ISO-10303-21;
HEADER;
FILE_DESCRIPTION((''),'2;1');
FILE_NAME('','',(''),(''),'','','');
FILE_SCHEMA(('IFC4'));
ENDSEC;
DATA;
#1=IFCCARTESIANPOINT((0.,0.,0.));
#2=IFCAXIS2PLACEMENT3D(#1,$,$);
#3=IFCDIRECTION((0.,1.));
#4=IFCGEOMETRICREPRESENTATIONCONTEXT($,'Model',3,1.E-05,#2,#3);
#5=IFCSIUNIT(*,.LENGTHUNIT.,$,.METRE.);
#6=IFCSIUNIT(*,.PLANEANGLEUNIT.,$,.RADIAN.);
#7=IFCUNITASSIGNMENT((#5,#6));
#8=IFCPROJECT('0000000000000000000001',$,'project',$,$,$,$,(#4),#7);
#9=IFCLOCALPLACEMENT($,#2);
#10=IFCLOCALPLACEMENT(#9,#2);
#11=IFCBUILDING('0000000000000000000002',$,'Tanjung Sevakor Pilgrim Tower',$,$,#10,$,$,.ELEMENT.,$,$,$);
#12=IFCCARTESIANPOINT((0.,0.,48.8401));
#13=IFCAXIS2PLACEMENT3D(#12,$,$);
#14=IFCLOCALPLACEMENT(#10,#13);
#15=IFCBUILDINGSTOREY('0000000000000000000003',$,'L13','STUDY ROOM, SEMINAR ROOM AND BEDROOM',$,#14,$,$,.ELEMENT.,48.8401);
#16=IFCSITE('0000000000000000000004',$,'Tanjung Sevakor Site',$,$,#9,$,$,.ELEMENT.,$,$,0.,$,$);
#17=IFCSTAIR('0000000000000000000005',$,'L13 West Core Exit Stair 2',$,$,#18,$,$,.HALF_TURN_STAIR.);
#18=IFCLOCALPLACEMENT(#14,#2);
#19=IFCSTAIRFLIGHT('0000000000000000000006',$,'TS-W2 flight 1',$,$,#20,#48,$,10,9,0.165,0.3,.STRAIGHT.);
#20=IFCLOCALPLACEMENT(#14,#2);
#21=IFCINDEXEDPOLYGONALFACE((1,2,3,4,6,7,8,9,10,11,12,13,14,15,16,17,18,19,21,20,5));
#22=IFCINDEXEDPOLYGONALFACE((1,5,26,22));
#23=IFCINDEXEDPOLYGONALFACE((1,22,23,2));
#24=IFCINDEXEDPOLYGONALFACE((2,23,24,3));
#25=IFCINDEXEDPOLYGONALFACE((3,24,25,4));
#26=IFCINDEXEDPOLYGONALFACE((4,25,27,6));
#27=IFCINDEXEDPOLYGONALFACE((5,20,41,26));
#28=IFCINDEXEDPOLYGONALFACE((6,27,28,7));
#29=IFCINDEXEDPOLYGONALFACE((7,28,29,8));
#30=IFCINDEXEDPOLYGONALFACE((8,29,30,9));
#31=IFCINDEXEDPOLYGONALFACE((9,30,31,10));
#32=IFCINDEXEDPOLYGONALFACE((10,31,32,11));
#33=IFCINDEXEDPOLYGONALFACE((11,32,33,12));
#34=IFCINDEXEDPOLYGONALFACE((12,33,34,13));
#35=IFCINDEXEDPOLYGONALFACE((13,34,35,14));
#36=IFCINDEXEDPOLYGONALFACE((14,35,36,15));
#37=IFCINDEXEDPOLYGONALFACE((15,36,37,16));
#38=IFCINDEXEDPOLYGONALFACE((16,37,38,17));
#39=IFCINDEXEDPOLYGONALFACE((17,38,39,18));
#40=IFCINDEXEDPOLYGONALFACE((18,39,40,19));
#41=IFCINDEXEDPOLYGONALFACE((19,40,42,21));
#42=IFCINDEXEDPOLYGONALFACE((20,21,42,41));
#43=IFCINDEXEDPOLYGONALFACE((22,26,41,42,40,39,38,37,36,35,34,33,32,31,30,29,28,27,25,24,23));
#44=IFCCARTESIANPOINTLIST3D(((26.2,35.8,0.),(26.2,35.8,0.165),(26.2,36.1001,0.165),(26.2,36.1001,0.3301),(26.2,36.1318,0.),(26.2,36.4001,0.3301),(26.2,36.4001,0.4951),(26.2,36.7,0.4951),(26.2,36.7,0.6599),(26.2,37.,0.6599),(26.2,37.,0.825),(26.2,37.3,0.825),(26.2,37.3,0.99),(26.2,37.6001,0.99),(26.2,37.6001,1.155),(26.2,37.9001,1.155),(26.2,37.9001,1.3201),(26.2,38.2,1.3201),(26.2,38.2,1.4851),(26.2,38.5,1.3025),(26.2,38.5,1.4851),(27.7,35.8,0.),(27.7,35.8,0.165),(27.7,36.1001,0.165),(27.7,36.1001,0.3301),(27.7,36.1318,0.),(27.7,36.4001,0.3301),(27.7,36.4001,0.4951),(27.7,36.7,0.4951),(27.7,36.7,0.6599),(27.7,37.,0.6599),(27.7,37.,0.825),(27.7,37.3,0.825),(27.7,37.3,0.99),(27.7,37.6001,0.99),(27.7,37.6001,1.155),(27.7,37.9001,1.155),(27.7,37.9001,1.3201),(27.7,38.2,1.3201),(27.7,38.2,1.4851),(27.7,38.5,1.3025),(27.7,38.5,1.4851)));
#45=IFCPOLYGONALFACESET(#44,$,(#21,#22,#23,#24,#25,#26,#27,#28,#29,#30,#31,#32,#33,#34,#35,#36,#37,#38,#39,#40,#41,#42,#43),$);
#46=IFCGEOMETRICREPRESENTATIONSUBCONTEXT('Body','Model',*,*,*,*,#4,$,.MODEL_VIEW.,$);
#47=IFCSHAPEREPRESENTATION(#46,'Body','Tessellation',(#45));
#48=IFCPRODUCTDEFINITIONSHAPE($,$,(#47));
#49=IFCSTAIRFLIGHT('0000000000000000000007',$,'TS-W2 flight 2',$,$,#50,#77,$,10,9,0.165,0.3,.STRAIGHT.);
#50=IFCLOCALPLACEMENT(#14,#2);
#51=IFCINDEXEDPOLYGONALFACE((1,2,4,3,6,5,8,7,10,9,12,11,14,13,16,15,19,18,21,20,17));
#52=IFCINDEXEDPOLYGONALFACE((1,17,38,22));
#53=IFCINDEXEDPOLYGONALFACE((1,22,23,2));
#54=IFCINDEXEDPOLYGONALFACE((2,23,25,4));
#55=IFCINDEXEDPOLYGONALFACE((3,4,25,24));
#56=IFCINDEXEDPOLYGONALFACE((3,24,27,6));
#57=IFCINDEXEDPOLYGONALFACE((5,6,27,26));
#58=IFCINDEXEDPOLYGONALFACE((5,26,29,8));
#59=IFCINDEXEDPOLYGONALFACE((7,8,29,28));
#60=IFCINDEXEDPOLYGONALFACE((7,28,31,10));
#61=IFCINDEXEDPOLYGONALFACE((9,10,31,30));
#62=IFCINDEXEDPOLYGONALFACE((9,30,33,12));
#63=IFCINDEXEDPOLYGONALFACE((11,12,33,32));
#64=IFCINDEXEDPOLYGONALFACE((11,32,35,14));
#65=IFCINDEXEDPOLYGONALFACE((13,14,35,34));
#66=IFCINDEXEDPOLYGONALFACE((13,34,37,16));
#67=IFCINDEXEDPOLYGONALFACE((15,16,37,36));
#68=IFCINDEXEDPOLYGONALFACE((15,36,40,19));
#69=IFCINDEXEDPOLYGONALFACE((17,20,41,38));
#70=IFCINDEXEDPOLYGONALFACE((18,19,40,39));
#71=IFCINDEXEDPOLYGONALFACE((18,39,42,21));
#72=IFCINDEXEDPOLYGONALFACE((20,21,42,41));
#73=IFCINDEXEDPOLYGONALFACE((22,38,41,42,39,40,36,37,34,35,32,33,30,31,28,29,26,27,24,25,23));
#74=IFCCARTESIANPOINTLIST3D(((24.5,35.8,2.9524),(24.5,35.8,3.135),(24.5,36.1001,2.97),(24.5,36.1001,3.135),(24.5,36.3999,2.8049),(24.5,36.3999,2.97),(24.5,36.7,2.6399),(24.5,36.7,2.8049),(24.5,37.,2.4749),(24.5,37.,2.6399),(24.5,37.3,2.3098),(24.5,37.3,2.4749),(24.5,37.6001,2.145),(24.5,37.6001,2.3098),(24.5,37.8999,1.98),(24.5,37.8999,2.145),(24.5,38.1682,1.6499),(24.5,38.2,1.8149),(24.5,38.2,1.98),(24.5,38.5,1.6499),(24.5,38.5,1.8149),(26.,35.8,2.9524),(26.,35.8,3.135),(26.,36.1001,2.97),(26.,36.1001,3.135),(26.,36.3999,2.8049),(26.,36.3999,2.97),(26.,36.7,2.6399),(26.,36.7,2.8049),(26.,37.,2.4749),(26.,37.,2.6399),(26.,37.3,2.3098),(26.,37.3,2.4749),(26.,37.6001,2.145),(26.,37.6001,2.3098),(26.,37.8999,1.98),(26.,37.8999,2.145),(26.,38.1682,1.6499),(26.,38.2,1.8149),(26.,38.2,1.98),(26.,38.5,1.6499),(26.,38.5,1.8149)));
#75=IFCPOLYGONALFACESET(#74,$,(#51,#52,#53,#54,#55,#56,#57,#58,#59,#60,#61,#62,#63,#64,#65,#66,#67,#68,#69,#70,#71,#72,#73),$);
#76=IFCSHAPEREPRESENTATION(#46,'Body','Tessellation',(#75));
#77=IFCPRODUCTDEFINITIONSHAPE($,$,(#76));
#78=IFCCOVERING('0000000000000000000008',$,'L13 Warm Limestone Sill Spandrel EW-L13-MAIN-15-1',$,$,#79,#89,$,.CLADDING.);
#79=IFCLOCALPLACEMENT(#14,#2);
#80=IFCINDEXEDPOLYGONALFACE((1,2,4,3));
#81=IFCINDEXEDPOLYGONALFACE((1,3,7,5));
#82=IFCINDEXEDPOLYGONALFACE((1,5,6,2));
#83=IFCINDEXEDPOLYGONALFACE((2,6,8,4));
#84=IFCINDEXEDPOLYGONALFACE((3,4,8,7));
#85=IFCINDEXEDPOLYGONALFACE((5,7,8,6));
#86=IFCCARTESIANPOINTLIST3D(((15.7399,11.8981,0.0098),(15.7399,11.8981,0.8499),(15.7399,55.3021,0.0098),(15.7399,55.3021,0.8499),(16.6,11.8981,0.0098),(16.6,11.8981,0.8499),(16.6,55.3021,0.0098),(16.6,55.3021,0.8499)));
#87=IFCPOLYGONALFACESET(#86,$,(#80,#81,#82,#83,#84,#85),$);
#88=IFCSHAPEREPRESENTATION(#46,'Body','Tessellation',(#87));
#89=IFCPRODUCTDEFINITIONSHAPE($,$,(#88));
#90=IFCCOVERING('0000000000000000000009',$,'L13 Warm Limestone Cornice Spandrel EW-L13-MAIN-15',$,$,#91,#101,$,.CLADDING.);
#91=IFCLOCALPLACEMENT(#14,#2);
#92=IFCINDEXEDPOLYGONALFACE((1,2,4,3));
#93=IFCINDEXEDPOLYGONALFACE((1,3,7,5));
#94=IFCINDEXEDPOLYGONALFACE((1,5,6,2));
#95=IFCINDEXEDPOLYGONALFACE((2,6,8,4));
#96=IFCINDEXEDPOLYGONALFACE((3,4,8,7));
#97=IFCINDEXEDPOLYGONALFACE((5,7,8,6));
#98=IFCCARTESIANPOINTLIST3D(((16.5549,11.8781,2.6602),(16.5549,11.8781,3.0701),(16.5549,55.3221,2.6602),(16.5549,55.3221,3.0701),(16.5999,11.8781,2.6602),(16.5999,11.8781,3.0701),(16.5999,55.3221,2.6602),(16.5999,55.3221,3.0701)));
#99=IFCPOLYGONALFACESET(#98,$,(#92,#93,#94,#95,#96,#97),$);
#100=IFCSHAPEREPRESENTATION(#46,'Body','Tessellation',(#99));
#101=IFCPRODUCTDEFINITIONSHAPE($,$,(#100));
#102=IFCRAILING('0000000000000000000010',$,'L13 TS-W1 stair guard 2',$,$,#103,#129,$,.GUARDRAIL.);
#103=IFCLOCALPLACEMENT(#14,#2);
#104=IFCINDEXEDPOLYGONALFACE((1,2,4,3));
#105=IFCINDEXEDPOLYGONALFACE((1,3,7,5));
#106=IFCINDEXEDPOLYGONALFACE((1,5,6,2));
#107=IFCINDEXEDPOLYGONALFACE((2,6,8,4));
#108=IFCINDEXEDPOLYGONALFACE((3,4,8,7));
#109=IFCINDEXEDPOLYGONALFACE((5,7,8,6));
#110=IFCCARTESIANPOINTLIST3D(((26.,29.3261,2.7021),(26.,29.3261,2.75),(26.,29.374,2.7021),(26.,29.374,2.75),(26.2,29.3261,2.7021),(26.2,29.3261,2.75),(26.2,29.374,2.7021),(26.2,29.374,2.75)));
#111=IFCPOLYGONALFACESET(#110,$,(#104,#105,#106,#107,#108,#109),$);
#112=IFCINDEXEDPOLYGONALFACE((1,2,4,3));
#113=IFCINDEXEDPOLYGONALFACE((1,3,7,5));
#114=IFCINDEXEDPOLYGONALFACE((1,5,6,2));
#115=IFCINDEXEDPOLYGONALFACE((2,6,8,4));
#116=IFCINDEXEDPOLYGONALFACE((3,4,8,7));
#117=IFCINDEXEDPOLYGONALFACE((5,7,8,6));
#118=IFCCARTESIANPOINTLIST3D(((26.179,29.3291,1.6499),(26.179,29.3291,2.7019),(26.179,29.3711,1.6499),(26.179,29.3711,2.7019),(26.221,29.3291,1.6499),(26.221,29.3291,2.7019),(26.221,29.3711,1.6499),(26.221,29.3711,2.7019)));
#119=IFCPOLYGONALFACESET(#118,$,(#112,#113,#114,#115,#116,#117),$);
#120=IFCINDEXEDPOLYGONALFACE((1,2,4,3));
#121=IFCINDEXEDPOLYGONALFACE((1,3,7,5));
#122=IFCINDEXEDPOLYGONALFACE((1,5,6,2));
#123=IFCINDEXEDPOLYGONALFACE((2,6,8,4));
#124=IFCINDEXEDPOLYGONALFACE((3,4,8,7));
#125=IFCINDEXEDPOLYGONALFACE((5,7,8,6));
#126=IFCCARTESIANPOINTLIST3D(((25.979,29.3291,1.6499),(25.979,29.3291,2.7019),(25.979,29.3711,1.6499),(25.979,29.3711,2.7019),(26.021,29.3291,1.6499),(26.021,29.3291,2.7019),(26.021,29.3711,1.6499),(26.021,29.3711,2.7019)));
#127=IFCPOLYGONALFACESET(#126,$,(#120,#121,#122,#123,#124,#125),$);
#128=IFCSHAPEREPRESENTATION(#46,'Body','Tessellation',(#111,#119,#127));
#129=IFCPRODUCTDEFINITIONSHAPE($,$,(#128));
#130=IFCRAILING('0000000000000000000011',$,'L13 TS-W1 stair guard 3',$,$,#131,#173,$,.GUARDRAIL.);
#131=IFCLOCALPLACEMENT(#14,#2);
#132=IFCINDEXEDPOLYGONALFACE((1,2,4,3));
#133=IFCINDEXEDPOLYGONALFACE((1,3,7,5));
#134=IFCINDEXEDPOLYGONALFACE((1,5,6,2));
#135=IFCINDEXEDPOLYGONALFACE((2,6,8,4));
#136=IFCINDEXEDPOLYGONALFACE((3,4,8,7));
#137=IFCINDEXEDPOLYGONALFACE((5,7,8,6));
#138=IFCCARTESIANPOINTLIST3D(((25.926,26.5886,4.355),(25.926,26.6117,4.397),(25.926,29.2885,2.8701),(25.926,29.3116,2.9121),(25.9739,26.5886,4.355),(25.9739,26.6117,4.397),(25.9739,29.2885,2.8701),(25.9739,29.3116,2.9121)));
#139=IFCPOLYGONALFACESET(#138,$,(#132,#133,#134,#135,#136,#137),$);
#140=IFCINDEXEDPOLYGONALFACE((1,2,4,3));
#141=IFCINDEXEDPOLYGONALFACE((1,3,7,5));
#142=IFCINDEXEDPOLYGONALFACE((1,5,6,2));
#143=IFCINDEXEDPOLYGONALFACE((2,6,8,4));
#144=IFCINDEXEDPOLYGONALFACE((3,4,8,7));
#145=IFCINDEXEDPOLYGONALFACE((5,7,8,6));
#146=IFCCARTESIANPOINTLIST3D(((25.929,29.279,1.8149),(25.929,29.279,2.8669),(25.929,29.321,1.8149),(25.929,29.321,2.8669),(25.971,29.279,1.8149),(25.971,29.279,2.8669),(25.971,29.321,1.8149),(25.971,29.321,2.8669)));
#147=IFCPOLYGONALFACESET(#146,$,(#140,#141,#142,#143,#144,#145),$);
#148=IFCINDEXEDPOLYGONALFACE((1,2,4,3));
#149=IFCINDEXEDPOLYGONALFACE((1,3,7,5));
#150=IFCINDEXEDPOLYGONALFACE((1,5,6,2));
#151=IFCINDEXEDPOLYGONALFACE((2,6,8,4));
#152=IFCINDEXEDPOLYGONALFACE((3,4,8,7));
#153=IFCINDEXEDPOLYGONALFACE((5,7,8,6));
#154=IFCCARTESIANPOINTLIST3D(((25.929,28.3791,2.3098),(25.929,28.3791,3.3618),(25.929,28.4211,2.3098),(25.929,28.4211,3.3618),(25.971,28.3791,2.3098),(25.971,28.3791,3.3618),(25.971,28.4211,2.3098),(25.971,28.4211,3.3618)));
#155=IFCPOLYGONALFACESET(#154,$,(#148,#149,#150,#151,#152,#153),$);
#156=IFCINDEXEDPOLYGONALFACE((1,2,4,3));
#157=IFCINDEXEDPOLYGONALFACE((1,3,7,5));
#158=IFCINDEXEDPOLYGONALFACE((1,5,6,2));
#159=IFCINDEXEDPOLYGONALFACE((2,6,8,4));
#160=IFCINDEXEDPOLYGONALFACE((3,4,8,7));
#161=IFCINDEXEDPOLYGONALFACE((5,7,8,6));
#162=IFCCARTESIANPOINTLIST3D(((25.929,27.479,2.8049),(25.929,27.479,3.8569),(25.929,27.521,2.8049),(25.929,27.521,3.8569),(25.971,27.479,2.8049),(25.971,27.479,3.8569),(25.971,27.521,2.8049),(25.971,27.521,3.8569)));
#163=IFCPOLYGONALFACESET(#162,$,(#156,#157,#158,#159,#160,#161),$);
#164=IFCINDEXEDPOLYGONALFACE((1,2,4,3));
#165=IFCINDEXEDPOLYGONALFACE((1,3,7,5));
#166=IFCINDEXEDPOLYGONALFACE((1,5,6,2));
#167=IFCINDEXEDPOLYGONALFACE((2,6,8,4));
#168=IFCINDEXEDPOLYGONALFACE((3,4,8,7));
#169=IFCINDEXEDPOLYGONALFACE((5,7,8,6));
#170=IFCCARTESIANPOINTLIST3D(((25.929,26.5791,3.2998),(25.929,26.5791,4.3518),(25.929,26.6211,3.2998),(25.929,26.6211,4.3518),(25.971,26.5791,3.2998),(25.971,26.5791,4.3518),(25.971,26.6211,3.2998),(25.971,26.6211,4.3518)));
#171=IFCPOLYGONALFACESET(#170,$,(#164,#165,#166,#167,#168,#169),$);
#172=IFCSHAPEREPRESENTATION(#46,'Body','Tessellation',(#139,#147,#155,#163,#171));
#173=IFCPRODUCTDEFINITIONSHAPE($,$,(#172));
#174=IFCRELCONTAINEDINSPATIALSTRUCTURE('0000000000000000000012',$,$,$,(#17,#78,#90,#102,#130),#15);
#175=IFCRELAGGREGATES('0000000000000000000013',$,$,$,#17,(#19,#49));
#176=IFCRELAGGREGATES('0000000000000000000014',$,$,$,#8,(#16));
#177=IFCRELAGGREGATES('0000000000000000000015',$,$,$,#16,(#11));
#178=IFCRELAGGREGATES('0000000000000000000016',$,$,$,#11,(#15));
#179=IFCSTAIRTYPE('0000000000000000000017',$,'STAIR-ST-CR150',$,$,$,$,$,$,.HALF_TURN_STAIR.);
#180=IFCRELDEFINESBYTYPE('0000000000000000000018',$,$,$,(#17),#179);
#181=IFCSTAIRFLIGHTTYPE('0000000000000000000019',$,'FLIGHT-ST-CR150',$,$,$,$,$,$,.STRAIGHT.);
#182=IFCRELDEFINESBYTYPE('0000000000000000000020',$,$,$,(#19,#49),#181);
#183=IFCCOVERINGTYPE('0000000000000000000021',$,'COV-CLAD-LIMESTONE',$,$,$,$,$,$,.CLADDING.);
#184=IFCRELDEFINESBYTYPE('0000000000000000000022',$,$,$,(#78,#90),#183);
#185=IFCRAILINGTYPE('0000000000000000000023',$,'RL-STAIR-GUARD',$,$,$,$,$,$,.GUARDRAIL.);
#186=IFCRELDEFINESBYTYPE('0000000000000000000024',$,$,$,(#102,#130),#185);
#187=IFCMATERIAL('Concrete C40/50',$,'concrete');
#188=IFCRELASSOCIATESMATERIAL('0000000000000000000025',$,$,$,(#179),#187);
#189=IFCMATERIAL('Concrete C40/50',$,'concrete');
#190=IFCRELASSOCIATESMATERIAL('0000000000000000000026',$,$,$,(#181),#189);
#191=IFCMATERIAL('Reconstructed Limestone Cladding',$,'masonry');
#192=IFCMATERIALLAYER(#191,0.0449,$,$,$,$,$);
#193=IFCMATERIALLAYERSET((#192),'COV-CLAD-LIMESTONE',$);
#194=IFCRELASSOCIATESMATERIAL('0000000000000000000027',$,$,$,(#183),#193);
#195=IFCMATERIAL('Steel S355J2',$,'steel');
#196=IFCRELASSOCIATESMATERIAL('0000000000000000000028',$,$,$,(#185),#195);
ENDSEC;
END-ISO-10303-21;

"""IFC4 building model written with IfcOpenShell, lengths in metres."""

from ifc_helpers import new_model, si_unit, direction, frame, origin, origin_2d, place, context, subcontext, project, spatial, polyline, rectangle, outline, extrude, material, layer, layer_set, type_object, element, aggregate, save


model = new_model("IFC4")

# Units and contexts
model_context = context("Model", 3, precision=1e-05, world=origin(), true_north=direction((0.0, 1.0)))
body_context = subcontext(model_context, "Body", "Model", "MODEL_VIEW")
ifc_project = project(units=[si_unit("LENGTHUNIT", "METRE"), si_unit("PLANEANGLEUNIT", "RADIAN")], contexts=[model_context])

# Site, building, storey
site_placement = place(None, origin())
site = spatial("IfcSite", under=ifc_project, at=site_placement, Name="Tanjung Sevakor Site", CompositionType="ELEMENT", RefElevation=0.0)
building_placement = place(site_placement, origin())
building = spatial("IfcBuilding", under=site, at=building_placement, Name="Tanjung Sevakor Pilgrim Tower", CompositionType="ELEMENT")
storey_placement = place(building_placement, frame((0.0, 0.0, 48.8401)))
storey = spatial("IfcBuildingStorey", under=building, at=storey_placement, Name="L13", Description="STUDY ROOM, SEMINAR ROOM AND BEDROOM", CompositionType="ELEMENT", Elevation=48.8401)

# Shared definitions
ifc_material_1 = material(Name="Concrete C40/50", Category="concrete")
stair_type = type_object("IfcStairType", Name="STAIR-ST-CR150", PredefinedType="HALF_TURN_STAIR", material=ifc_material_1)
ifc_material_2 = material(Name="Concrete C40/50", Category="concrete")
stair_flight_type = type_object("IfcStairFlightType", Name="FLIGHT-ST-CR150", PredefinedType="STRAIGHT", material=ifc_material_2)

# Stair, stair flights
stair_1_placement = place(storey_placement, origin())
stair_1 = element("IfcStair", 1, at=stair_1_placement, inside=storey, type_object=stair_type, Name="L13 West Core Exit Stair 2", PredefinedType="HALF_TURN_STAIR")
stair_flight_1_placement = place(storey_placement, frame((26.95, 35.8, 0.0), z_axis=(0.0, 0.0, 1.0), x_axis=(0.0, 1.0, 0.0)))
stair_flight_1 = element("IfcStairFlight", 2, at=stair_flight_1_placement, type_object=stair_flight_type, Name="TS-W2 flight 1", NumberOfRisers=10, NumberOfTreads=9, PredefinedType="STRAIGHT", RiserHeight=0.165, TreadLength=0.3, context=body_context, shape_type="SweptSolid", body=[
    extrude(outline(polyline([(0.0, 0.0), (0.0, 0.165), (0.3, 0.165), (0.3, 0.3301), (0.6001, 0.3301), (0.6001, 0.4951), (0.8999, 0.4951), (0.8999, 0.6599), (1.2, 0.6599), (1.2, 0.825), (1.5, 0.825), (1.5, 0.99), (1.8, 0.99), (1.8, 1.155), (2.1001, 1.155), (2.1001, 1.3201), (2.3999, 1.3201), (2.3999, 1.4851), (2.7, 1.4851), (2.7, 1.6499), (2.7, 1.3025), (0.3318, 0.0), (0.0, 0.0)])), frame((0.0, 0.75, 0.0), z_axis=(0.0, -1.0, 0.0), x_axis=(1.0, 0.0, 0.0)), (0.0, 0.0, 1.0), 1.5),
])
stair_flight_2_placement = place(storey_placement, frame((25.25, 38.5, 1.6499), z_axis=(0.0, 0.0, 1.0), x_axis=(0.0, -1.0, 0.0)))
stair_flight_2 = element("IfcStairFlight", 3, at=stair_flight_2_placement, type_object=stair_flight_type, Name="TS-W2 flight 2", NumberOfRisers=10, NumberOfTreads=9, PredefinedType="STRAIGHT", RiserHeight=0.165, TreadLength=0.3, context=body_context, shape_type="SweptSolid", body=[
    extrude(outline(polyline([(0.0, 0.0), (0.0, 0.165), (0.3, 0.165), (0.3, 0.3301), (0.6001, 0.3301), (0.6001, 0.4951), (0.8999, 0.4951), (0.8999, 0.6599), (1.2, 0.6599), (1.2, 0.825), (1.5, 0.825), (1.5, 0.99), (1.8, 0.99), (1.8, 1.155), (2.1001, 1.155), (2.1001, 1.3201), (2.3999, 1.3201), (2.3999, 1.4851), (2.7, 1.4851), (2.7, 1.6499), (2.7, 1.3025), (0.3318, 0.0), (0.0, 0.0)])), frame((0.0, 0.75, 0.0), z_axis=(0.0, -1.0, 0.0), x_axis=(1.0, 0.0, 0.0)), (0.0, 0.0, 1.0), 1.5),
])
aggregate(stair_1, [stair_flight_1, stair_flight_2])

# Coverings
ifc_material_3 = material(Name="Reconstructed Limestone Cladding", Category="masonry")
ifc_layer_1 = layer(ifc_material_3, 0.0449)
ifc_layer_set_1 = layer_set([ifc_layer_1], Name="COV-CLAD-LIMESTONE")
covering_type = type_object("IfcCoveringType", Name="COV-CLAD-LIMESTONE", PredefinedType="CLADDING", material=ifc_layer_set_1)
covering_1_placement = place(storey_placement, frame((16.1699, 33.6001, 0.0098), z_axis=(0.0, 0.0, 1.0), x_axis=(0.0, -1.0, 0.0)))
element("IfcCovering", 4, at=covering_1_placement, inside=storey, type_object=covering_type, Name="L13 Warm Limestone Sill Spandrel EW-L13-MAIN-15-1", PredefinedType="CLADDING", context=body_context, shape_type="SweptSolid", body=[
    extrude(rectangle(XDim=43.4041, YDim=0.8601, at=origin_2d()), origin(), (0.0, 0.0, 1.0), 0.8401),
])
covering_2_placement = place(storey_placement, frame((16.5774, 33.6001, 2.6602), z_axis=(0.0, 0.0, 1.0), x_axis=(0.0, -1.0, 0.0)))
element("IfcCovering", 5, at=covering_2_placement, inside=storey, type_object=covering_type, Name="L13 Warm Limestone Cornice Spandrel EW-L13-MAIN-15", PredefinedType="CLADDING", context=body_context, shape_type="SweptSolid", body=[
    extrude(rectangle(XDim=43.4441, YDim=0.0449, at=origin_2d()), origin(), (0.0, 0.0, 1.0), 0.4099),
])

# Railings
ifc_material_4 = material(Name="Steel S355J2", Category="steel")
railing_type_1 = type_object("IfcRailingType", Name="RL-STAIR-GUARD", PredefinedType="GUARDRAIL", material=ifc_material_4)
railing_1_placement = place(storey_placement, frame((26.2, 29.3501, 1.6499)))
element("IfcRailing", 6, at=railing_1_placement, inside=storey, type_object=railing_type_1, Name="L13 TS-W1 stair guard 2", PredefinedType="GUARDRAIL", context=body_context, shape_type="SweptSolid", body=[
    extrude(rectangle(XDim=0.0479, YDim=0.0479), frame((0.0, 0.0, 1.0762), z_axis=(-1.0, 0.0, 0.0), x_axis=(0.0, -1.0, 0.0)), (0.0, 0.0, 1.0), 0.2),
    extrude(rectangle(XDim=0.042, YDim=0.042), origin(), (0.0, 0.0, 1.0), 1.052),
    extrude(rectangle(XDim=0.042, YDim=0.042), frame((-0.2, 0.0, 0.0)), (0.0, 0.0, 1.0), 1.052),
])
railing_2_placement = place(storey_placement, frame((25.95, 29.3, 1.8149)))
element("IfcRailing", 7, at=railing_2_placement, inside=storey, type_object=railing_type_1, Name="L13 TS-W1 stair guard 3", PredefinedType="GUARDRAIL", context=body_context, shape_type="SweptSolid", body=[
    extrude(rectangle(XDim=0.0479, YDim=0.0479), frame((0.0, 0.0, 1.0762), z_axis=(0.0, -0.876231, 0.481891), x_axis=(1.0, 0.0, 0.0)), (0.0, 0.0, 1.0), 3.0813),
    extrude(rectangle(XDim=0.042, YDim=0.042), origin(), (0.0, 0.0, 1.0), 1.052),
    extrude(rectangle(XDim=0.042, YDim=0.042), frame((0.0, -0.8999, 0.4949)), (0.0, 0.0, 1.0), 1.052),
    extrude(rectangle(XDim=0.042, YDim=0.042), frame((0.0, -1.8, 0.99)), (0.0, 0.0, 1.0), 1.052),
    extrude(rectangle(XDim=0.042, YDim=0.042), frame((0.0, -2.7, 1.4849)), (0.0, 0.0, 1.0), 1.052),
])

save(model, "model.ifc")
